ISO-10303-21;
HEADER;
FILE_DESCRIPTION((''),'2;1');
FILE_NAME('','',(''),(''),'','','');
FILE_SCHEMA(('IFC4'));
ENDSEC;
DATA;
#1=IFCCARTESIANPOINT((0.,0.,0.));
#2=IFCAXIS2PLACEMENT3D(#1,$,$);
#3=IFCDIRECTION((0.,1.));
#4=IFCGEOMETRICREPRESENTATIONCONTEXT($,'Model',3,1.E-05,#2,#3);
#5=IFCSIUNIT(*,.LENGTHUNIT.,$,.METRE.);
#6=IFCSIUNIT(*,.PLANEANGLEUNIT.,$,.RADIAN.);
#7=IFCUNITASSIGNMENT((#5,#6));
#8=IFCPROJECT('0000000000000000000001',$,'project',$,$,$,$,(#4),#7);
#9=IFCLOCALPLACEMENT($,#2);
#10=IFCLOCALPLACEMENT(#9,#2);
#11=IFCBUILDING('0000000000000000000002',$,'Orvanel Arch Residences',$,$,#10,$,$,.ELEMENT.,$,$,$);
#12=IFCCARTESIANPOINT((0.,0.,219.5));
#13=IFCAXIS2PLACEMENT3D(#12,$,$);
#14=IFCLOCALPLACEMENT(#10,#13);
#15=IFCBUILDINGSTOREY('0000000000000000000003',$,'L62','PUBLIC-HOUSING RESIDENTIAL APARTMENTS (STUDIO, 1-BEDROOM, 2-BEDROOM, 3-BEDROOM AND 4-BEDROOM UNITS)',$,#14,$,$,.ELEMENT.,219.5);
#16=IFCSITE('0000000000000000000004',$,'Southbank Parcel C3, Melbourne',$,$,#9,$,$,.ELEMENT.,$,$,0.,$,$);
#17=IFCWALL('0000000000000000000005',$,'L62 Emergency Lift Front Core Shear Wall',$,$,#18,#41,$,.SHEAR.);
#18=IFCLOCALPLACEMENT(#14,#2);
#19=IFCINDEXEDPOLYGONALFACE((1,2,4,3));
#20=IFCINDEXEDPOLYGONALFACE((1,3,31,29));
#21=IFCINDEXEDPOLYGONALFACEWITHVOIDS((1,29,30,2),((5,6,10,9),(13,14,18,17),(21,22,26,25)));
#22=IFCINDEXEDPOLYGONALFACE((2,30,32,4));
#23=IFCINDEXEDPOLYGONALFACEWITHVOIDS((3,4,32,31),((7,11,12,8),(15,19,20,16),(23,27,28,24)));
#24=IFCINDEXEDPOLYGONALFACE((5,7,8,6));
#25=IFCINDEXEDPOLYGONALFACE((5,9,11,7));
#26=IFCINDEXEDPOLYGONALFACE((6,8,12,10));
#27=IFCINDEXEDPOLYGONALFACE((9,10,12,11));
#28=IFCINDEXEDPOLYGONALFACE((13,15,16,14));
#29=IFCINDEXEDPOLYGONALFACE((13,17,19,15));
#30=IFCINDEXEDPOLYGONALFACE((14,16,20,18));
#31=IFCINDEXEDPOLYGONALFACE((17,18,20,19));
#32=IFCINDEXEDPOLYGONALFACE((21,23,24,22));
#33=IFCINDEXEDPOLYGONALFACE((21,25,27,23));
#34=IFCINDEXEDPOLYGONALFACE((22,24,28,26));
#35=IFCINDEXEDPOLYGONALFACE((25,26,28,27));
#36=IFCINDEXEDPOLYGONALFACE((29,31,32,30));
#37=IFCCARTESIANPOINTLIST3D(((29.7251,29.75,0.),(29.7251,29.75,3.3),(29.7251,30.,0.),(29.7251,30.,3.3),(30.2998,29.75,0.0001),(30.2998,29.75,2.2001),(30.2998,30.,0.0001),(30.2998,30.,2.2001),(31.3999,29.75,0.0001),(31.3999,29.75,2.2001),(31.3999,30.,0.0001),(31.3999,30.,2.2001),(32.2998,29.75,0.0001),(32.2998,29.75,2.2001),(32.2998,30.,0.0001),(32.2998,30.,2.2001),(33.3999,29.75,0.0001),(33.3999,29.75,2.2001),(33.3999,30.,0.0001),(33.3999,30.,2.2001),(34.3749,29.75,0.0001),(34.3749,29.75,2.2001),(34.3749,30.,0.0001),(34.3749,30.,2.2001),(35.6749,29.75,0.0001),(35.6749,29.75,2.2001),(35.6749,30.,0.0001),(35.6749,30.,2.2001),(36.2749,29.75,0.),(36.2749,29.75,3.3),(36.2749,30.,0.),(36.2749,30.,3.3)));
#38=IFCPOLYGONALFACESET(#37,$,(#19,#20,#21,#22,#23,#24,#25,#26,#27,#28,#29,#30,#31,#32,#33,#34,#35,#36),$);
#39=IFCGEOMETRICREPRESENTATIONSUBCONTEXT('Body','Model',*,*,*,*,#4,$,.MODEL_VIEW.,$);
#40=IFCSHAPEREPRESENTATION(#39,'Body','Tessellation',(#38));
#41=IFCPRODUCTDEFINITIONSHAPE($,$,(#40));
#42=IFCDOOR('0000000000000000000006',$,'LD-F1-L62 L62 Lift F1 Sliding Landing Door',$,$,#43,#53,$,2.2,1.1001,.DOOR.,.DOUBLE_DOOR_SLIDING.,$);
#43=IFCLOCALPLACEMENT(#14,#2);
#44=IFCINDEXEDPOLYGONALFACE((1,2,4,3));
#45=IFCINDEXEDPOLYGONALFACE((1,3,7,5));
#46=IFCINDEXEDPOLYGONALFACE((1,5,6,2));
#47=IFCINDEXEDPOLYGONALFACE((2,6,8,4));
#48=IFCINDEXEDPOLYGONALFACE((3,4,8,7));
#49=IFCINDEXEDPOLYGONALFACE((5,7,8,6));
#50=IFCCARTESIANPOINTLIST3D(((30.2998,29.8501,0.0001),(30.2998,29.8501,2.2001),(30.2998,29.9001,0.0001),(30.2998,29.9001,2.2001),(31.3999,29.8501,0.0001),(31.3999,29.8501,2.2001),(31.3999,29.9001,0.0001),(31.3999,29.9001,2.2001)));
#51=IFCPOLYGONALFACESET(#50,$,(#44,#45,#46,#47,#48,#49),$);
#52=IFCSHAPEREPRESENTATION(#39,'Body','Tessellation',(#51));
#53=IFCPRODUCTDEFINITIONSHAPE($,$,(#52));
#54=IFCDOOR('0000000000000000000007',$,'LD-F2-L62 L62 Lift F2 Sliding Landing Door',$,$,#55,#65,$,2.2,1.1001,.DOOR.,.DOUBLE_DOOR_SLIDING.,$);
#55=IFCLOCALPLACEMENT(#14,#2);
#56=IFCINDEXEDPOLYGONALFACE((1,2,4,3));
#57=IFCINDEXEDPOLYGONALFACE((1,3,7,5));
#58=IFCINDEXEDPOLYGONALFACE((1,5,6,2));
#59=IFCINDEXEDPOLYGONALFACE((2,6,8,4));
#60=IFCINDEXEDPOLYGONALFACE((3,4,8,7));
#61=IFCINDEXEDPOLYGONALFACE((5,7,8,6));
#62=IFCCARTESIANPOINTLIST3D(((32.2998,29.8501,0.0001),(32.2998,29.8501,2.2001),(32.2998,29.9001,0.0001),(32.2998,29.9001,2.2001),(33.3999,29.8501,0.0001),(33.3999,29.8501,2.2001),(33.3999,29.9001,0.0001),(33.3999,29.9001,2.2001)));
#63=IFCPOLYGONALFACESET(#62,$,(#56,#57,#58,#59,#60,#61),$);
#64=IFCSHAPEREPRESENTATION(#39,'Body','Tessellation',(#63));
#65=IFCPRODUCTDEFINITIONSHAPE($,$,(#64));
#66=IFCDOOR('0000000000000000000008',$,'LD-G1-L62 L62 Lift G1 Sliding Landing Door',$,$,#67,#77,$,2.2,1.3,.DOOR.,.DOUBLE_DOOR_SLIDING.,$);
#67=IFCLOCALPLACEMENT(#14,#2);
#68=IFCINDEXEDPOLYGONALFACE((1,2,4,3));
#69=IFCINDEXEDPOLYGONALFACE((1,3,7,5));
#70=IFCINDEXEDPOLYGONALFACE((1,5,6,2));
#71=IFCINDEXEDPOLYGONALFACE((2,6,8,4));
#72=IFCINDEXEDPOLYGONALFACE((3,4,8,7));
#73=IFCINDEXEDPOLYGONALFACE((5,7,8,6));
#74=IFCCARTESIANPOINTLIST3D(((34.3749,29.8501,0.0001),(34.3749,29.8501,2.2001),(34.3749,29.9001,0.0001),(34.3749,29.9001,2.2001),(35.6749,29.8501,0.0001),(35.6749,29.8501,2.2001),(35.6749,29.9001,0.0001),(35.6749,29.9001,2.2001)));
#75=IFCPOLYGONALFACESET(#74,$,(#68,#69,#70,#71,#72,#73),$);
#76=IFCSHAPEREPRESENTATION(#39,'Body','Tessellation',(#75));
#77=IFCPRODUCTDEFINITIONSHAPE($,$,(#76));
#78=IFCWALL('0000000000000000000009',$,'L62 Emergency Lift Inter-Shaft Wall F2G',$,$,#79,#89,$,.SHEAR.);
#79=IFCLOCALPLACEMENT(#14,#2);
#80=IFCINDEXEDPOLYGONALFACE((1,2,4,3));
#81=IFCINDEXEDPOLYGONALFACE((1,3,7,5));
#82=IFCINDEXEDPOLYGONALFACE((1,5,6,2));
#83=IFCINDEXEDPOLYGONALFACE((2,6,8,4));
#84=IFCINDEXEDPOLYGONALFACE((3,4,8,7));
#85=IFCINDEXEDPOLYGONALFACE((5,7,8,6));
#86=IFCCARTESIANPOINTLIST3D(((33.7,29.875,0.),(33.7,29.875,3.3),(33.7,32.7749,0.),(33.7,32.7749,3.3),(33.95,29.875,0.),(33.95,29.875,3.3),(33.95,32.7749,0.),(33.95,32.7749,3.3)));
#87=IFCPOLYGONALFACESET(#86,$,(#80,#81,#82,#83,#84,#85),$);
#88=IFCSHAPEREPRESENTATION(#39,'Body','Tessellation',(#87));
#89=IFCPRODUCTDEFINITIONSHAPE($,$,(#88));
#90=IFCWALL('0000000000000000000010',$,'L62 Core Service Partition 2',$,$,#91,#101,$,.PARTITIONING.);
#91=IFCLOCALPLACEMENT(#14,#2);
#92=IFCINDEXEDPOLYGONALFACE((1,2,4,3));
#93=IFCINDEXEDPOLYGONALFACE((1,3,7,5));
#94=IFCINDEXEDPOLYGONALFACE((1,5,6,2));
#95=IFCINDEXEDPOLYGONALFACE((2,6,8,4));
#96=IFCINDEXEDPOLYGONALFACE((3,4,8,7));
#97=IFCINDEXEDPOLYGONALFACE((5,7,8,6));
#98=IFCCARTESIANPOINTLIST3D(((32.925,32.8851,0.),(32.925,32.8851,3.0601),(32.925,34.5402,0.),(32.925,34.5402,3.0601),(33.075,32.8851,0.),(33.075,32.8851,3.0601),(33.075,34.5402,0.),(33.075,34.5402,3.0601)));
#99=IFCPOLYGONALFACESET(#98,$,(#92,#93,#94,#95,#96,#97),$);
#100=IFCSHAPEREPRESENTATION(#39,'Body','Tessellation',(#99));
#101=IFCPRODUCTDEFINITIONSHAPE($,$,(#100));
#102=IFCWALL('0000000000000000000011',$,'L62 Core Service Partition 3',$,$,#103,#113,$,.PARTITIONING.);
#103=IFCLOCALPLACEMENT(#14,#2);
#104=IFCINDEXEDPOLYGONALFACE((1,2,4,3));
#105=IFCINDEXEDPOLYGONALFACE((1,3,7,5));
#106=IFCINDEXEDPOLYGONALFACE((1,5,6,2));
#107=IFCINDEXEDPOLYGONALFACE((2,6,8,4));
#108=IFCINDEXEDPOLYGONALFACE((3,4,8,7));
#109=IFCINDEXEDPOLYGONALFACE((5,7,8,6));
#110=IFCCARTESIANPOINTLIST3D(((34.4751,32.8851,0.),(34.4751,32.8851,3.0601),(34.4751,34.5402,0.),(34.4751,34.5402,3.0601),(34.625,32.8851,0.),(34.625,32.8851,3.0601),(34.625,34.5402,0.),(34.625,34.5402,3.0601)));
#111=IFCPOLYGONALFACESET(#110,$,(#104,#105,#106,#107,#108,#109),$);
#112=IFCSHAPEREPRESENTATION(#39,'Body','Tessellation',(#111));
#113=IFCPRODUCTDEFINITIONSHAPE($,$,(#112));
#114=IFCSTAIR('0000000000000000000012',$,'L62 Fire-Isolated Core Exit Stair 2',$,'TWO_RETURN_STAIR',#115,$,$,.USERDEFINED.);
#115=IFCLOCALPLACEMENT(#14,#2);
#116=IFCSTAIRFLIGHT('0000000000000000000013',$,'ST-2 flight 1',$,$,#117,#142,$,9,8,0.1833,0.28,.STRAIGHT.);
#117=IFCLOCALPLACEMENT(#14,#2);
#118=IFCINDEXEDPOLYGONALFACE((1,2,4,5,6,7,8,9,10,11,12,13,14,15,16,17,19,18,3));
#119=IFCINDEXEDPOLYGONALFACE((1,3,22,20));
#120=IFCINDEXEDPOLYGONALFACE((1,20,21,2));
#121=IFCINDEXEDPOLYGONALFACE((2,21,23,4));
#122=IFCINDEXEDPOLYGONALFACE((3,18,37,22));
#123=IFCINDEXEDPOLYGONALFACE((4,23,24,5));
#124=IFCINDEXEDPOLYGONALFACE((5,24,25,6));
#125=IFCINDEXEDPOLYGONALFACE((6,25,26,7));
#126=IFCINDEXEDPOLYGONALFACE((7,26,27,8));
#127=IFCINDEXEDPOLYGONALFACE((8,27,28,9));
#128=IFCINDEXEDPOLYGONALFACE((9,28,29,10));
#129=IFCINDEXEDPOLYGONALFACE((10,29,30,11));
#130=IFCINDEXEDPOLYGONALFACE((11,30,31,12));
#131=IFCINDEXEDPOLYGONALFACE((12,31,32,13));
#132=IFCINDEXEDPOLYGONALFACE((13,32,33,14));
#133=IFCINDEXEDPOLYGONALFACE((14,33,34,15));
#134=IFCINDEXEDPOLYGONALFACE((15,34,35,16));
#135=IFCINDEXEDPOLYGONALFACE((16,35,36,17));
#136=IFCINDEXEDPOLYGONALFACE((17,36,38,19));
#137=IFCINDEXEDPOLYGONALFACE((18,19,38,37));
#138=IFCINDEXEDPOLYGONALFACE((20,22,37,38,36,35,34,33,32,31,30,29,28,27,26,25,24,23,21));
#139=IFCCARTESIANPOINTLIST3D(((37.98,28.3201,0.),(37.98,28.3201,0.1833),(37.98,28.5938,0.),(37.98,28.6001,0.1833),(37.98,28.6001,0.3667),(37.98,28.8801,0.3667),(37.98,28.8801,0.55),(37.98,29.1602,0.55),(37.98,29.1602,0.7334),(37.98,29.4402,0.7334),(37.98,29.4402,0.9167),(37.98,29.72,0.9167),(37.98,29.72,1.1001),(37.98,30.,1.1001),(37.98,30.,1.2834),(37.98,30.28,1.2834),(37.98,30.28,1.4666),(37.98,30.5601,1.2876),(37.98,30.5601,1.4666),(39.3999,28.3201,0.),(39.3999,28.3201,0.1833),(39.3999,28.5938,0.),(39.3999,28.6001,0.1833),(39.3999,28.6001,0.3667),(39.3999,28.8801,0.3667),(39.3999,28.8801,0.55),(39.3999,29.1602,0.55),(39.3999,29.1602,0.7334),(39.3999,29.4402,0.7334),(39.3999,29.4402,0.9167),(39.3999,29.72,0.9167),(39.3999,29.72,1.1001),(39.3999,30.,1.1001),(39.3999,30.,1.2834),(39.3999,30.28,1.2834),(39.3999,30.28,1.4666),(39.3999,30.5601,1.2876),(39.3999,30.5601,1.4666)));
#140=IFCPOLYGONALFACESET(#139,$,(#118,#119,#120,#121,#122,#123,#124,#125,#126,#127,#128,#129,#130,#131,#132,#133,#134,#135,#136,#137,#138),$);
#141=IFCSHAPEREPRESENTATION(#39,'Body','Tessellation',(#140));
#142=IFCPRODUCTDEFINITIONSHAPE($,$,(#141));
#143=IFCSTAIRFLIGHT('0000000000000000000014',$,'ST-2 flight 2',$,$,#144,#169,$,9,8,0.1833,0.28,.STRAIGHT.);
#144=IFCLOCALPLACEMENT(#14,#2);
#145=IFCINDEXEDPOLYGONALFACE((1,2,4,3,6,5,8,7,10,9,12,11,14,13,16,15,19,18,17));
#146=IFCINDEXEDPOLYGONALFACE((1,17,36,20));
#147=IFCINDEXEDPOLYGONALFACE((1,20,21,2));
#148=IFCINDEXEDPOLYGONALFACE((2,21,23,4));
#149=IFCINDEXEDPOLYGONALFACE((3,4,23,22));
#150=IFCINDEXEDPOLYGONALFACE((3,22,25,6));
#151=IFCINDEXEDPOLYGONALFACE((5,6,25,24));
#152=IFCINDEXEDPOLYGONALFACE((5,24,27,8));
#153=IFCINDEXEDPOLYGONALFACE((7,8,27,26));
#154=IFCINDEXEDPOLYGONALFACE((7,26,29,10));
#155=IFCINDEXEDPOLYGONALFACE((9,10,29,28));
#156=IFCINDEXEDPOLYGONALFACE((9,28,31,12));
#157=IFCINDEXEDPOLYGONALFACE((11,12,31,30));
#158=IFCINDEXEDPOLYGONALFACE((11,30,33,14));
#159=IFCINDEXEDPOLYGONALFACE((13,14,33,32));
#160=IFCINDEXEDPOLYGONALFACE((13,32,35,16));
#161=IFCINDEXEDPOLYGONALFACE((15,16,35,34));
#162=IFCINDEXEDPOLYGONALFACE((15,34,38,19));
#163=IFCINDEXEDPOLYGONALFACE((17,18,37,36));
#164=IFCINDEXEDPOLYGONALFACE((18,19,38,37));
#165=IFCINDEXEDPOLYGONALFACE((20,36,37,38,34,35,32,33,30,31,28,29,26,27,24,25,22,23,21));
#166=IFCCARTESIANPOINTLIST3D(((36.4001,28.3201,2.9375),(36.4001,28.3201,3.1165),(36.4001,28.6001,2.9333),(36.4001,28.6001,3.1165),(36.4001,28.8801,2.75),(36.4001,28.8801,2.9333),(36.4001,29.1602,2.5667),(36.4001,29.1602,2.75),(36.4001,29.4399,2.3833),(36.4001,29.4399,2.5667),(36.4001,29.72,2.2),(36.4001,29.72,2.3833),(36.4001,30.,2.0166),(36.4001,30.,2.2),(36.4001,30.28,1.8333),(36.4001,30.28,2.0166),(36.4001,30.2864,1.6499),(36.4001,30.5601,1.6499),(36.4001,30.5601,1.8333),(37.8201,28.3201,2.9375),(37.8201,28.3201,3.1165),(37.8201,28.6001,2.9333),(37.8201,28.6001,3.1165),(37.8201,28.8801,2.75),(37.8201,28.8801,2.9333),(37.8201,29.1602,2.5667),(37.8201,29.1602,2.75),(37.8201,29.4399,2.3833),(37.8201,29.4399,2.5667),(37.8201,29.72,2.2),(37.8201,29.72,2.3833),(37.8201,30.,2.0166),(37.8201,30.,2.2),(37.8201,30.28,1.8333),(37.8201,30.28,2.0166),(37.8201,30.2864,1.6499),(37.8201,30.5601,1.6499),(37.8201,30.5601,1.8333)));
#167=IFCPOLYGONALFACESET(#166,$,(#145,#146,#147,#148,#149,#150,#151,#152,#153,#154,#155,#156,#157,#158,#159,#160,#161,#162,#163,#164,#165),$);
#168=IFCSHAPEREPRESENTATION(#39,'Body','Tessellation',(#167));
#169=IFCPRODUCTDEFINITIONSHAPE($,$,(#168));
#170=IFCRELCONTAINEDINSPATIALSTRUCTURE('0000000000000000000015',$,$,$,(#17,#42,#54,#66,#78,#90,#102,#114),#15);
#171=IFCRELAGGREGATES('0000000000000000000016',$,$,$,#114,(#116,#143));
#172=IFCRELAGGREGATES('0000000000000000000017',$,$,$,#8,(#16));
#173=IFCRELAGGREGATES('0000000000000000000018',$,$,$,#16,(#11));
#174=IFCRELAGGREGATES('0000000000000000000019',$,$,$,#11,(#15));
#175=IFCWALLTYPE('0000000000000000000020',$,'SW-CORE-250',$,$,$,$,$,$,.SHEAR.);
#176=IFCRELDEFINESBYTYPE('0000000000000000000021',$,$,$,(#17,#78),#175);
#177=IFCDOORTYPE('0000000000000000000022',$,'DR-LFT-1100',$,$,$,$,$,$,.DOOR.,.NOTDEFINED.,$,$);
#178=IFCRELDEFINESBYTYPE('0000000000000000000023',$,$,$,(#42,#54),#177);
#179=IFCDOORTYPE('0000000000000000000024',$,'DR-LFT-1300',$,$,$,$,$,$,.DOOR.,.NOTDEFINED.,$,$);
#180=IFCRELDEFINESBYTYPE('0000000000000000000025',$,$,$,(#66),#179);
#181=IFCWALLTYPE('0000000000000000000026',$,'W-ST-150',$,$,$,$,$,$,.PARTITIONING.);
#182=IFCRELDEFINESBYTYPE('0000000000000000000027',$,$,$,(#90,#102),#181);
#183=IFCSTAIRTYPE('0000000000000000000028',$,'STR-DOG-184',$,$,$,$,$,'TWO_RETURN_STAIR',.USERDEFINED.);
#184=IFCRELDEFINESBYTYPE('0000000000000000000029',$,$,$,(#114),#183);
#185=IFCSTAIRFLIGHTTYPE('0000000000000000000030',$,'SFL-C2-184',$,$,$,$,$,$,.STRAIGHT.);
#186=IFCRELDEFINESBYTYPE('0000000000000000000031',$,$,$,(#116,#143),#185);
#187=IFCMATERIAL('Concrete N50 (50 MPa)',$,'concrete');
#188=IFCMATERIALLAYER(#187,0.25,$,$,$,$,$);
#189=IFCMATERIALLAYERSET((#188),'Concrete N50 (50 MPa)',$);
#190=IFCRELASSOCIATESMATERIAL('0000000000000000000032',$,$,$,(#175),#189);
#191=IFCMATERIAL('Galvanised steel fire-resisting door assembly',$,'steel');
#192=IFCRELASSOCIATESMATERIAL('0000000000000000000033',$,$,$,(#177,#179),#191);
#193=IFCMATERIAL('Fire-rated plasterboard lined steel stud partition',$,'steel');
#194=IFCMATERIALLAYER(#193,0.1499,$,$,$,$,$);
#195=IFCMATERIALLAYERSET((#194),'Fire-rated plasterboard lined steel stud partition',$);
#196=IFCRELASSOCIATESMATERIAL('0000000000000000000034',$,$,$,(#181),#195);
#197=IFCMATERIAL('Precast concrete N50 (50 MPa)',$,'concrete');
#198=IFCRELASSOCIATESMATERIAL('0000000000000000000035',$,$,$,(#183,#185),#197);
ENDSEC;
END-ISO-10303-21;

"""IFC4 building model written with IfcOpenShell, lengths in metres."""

from ifc_helpers import new_model, si_unit, direction, frame, frame_2d, origin, place, context, subcontext, project, spatial, polyline, rectangle, outline, extrude, material, layer, layer_set, type_object, element, fill, aggregate, save


model = new_model("IFC4")

# Units and contexts
model_context = context("Model", 3, precision=1e-05, world=origin(), true_north=direction((0.0, 1.0)))
body_context = subcontext(model_context, "Body", "Model", "MODEL_VIEW")
ifc_project = project(units=[si_unit("LENGTHUNIT", "METRE"), si_unit("PLANEANGLEUNIT", "RADIAN")], contexts=[model_context])

# Site, building, storey
site_placement = place(None, origin())
site = spatial("IfcSite", under=ifc_project, at=site_placement, Name="Southbank Parcel C3, Melbourne", CompositionType="ELEMENT", RefElevation=0.0)
building_placement = place(site_placement, origin())
building = spatial("IfcBuilding", under=site, at=building_placement, Name="Orvanel Arch Residences", CompositionType="ELEMENT")
storey_placement = place(building_placement, frame((0.0, 0.0, 219.5)))
storey = spatial("IfcBuildingStorey", under=building, at=storey_placement, Name="L62", Description="PUBLIC-HOUSING RESIDENTIAL APARTMENTS (STUDIO, 1-BEDROOM, 2-BEDROOM, 3-BEDROOM AND 4-BEDROOM UNITS)", CompositionType="ELEMENT", Elevation=219.5)

# Wall, openings, doors
ifc_material_1 = material(Name="Concrete N50 (50 MPa)", Category="concrete")
ifc_layer_1 = layer(ifc_material_1, 0.25)
ifc_layer_set_1 = layer_set([ifc_layer_1], Name="Concrete N50 (50 MPa)")
wall_type_1 = type_object("IfcWallType", Name="SW-CORE-250", PredefinedType="SHEAR", material=ifc_layer_set_1)
wall_1_placement = place(storey_placement, frame((36.2749, 29.875, 0.0), z_axis=(0.0, 0.0, 1.0), x_axis=(-1.0, 0.0, 0.0)))
wall_1 = element("IfcWall", 1, at=wall_1_placement, inside=storey, type_object=wall_type_1, Name="L62 Emergency Lift Front Core Shear Wall", PredefinedType="SHEAR", context=body_context, shape_type="SweptSolid", body=[
    extrude(rectangle(XDim=6.5498, YDim=0.25, at=frame_2d((3.2749, 0.0))), origin(), (0.0, 0.0, 1.0), 3.3),
])
opening_1_placement = place(wall_1_placement, frame((4.875, 0.0, 0.0)))
opening_1 = element("IfcOpeningElement", 2, at=opening_1_placement, cuts=wall_1, PredefinedType="OPENING", context=body_context, shape_type="SweptSolid", body=[
    extrude(rectangle(XDim=1.1001, YDim=2.2, at=frame_2d((0.55, 1.1001))), frame((0.0, 0.135, 0.0), z_axis=(0.0, -1.0, 0.0), x_axis=(1.0, 0.0, 0.0)), (0.0, 0.0, 1.0), 0.27),
])
opening_2_placement = place(wall_1_placement, frame((2.875, 0.0, 0.0)))
opening_2 = element("IfcOpeningElement", 3, at=opening_2_placement, cuts=wall_1, PredefinedType="OPENING", context=body_context, shape_type="SweptSolid", body=[
    extrude(rectangle(XDim=1.1001, YDim=2.2, at=frame_2d((0.55, 1.1001))), frame((0.0, 0.135, 0.0), z_axis=(0.0, -1.0, 0.0), x_axis=(1.0, 0.0, 0.0)), (0.0, 0.0, 1.0), 0.27),
])
opening_3_placement = place(wall_1_placement, frame((0.6001, 0.0, 0.0)))
opening_3 = element("IfcOpeningElement", 4, at=opening_3_placement, cuts=wall_1, PredefinedType="OPENING", context=body_context, shape_type="SweptSolid", body=[
    extrude(rectangle(XDim=1.3, YDim=2.2, at=frame_2d((0.6499, 1.1001))), frame((0.0, 0.135, 0.0), z_axis=(0.0, -1.0, 0.0), x_axis=(1.0, 0.0, 0.0)), (0.0, 0.0, 1.0), 0.27),
])
ifc_material_2 = material(Name="Galvanised steel fire-resisting door assembly", Category="steel")
door_type_1 = type_object("IfcDoorType", Name="DR-LFT-1100", OperationType="NOTDEFINED", PredefinedType="DOOR", material=ifc_material_2)
door_1_placement = place(opening_1_placement, origin())
door_1 = element("IfcDoor", 5, at=door_1_placement, inside=storey, type_object=door_type_1, Name="LD-F1-L62 L62 Lift F1 Sliding Landing Door", OperationType="DOUBLE_DOOR_SLIDING", OverallHeight=2.2, OverallWidth=1.1001, PredefinedType="DOOR", context=body_context, shape_type="SweptSolid", body=[
    extrude(rectangle(XDim=1.1001, YDim=2.2, at=frame_2d((0.55, 1.1001))), frame((0.0, 0.0249, 0.0), z_axis=(0.0, -1.0, 0.0), x_axis=(1.0, 0.0, 0.0)), (0.0, 0.0, 1.0), 0.05),
])
fill(opening_1, door_1)
door_2_placement = place(opening_2_placement, origin())
door_2 = element("IfcDoor", 6, at=door_2_placement, inside=storey, type_object=door_type_1, Name="LD-F2-L62 L62 Lift F2 Sliding Landing Door", OperationType="DOUBLE_DOOR_SLIDING", OverallHeight=2.2, OverallWidth=1.1001, PredefinedType="DOOR", context=body_context, shape_type="SweptSolid", body=[
    extrude(rectangle(XDim=1.1001, YDim=2.2, at=frame_2d((0.55, 1.1001))), frame((0.0, 0.0249, 0.0), z_axis=(0.0, -1.0, 0.0), x_axis=(1.0, 0.0, 0.0)), (0.0, 0.0, 1.0), 0.05),
])
fill(opening_2, door_2)
door_type_2 = type_object("IfcDoorType", Name="DR-LFT-1300", OperationType="NOTDEFINED", PredefinedType="DOOR", material=ifc_material_2)
door_3_placement = place(opening_3_placement, origin())
door_3 = element("IfcDoor", 7, at=door_3_placement, inside=storey, type_object=door_type_2, Name="LD-G1-L62 L62 Lift G1 Sliding Landing Door", OperationType="DOUBLE_DOOR_SLIDING", OverallHeight=2.2, OverallWidth=1.3, PredefinedType="DOOR", context=body_context, shape_type="SweptSolid", body=[
    extrude(rectangle(XDim=1.3, YDim=2.2, at=frame_2d((0.6499, 1.1001))), frame((0.0, 0.0249, 0.0), z_axis=(0.0, -1.0, 0.0), x_axis=(1.0, 0.0, 0.0)), (0.0, 0.0, 1.0), 0.05),
])
fill(opening_3, door_3)

# Walls
wall_2_placement = place(storey_placement, frame((33.825, 29.875, 0.0), z_axis=(0.0, 0.0, 1.0), x_axis=(0.0, 1.0, 0.0)))
element("IfcWall", 8, at=wall_2_placement, inside=storey, type_object=wall_type_1, Name="L62 Emergency Lift Inter-Shaft Wall F2G", PredefinedType="SHEAR", context=body_context, shape_type="SweptSolid", body=[
    extrude(rectangle(XDim=2.8999, YDim=0.25, at=frame_2d((1.45, 0.0))), origin(), (0.0, 0.0, 1.0), 3.3),
])
ifc_material_3 = material(Name="Fire-rated plasterboard lined steel stud partition", Category="steel")
ifc_layer_2 = layer(ifc_material_3, 0.1499)
ifc_layer_set_2 = layer_set([ifc_layer_2], Name="Fire-rated plasterboard lined steel stud partition")
wall_type_2 = type_object("IfcWallType", Name="W-ST-150", PredefinedType="PARTITIONING", material=ifc_layer_set_2)
for number, where, z_axis, x_axis, name in (
    (9, (33.0, 32.885, 0.0), (0.0, 0.0, 1.0), (0.0, 1.0, 0.0), "L62 Core Service Partition 2"),
    (10, (34.55, 32.885, 0.0), (0.0, 0.0, 1.0), (0.0, 1.0, 0.0), "L62 Core Service Partition 3"),
):
    element("IfcWall", number, at=place(storey_placement, frame(where, z_axis=z_axis, x_axis=x_axis)), inside=storey, type_object=wall_type_2, Name=name, PredefinedType="PARTITIONING", context=body_context, shape_type="SweptSolid", body=[
        extrude(rectangle(XDim=1.655, YDim=0.1499, at=frame_2d((0.8276, 0.0))), origin(), (0.0, 0.0, 1.0), 3.0601),
    ])

# Stair, stair flights
ifc_material_4 = material(Name="Precast concrete N50 (50 MPa)", Category="concrete")
stair_type = type_object("IfcStairType", Name="STR-DOG-184", ElementType="TWO_RETURN_STAIR", PredefinedType="USERDEFINED", material=ifc_material_4)
stair_placement = place(storey_placement, origin())
stair = element("IfcStair", 11, at=stair_placement, inside=storey, type_object=stair_type, Name="L62 Fire-Isolated Core Exit Stair 2", ObjectType="TWO_RETURN_STAIR", PredefinedType="USERDEFINED")
stair_flight_type = type_object("IfcStairFlightType", Name="SFL-C2-184", PredefinedType="STRAIGHT", material=ifc_material_4)
stair_flight_1_placement = place(storey_placement, frame((38.6899, 28.3201, 0.0), z_axis=(0.0, 0.0, 1.0), x_axis=(0.0, 1.0, 0.0)))
stair_flight_1 = element("IfcStairFlight", 12, at=stair_flight_1_placement, type_object=stair_flight_type, Name="ST-2 flight 1", NumberOfRisers=9, NumberOfTreads=8, PredefinedType="STRAIGHT", RiserHeight=0.1833, TreadLength=0.28, context=body_context, shape_type="SweptSolid", body=[
    extrude(outline(polyline([(0.0, 0.0), (0.0, 0.1833), (0.28, 0.1833), (0.28, 0.3667), (0.5601, 0.3667), (0.5601, 0.55), (0.8401, 0.55), (0.8401, 0.7334), (1.1201, 0.7334), (1.1201, 0.9167), (1.3999, 0.9167), (1.3999, 1.1001), (1.6799, 1.1001), (1.6799, 1.2834), (1.96, 1.2834), (1.96, 1.4666), (2.24, 1.4666), (2.24, 1.6499), (2.24, 1.2876), (0.2737, 0.0), (0.0, 0.0)])), frame((0.0, 0.71, 0.0), z_axis=(0.0, -1.0, 0.0), x_axis=(1.0, 0.0, 0.0)), (0.0, 0.0, 1.0), 1.4199),
])
stair_flight_2_placement = place(storey_placement, frame((37.1101, 30.5601, 1.6499), z_axis=(0.0, 0.0, 1.0), x_axis=(0.0, -1.0, 0.0)))
stair_flight_2 = element("IfcStairFlight", 13, at=stair_flight_2_placement, type_object=stair_flight_type, Name="ST-2 flight 2", NumberOfRisers=9, NumberOfTreads=8, PredefinedType="STRAIGHT", RiserHeight=0.1833, TreadLength=0.28, context=body_context, shape_type="SweptSolid", body=[
    extrude(outline(polyline([(0.0, 0.0), (0.0, 0.1833), (0.28, 0.1833), (0.28, 0.3667), (0.5601, 0.3667), (0.5601, 0.55), (0.8401, 0.55), (0.8401, 0.7334), (1.1201, 0.7334), (1.1201, 0.9167), (1.3999, 0.9167), (1.3999, 1.1001), (1.6799, 1.1001), (1.6799, 1.2834), (1.96, 1.2834), (1.96, 1.4666), (2.24, 1.4666), (2.24, 1.6499), (2.24, 1.2876), (0.2737, 0.0), (0.0, 0.0)])), frame((0.0, 0.71, 0.0), z_axis=(0.0, -1.0, 0.0), x_axis=(1.0, 0.0, 0.0)), (0.0, 0.0, 1.0), 1.4199),
])
aggregate(stair, [stair_flight_1, stair_flight_2])

save(model, "model.ifc")
